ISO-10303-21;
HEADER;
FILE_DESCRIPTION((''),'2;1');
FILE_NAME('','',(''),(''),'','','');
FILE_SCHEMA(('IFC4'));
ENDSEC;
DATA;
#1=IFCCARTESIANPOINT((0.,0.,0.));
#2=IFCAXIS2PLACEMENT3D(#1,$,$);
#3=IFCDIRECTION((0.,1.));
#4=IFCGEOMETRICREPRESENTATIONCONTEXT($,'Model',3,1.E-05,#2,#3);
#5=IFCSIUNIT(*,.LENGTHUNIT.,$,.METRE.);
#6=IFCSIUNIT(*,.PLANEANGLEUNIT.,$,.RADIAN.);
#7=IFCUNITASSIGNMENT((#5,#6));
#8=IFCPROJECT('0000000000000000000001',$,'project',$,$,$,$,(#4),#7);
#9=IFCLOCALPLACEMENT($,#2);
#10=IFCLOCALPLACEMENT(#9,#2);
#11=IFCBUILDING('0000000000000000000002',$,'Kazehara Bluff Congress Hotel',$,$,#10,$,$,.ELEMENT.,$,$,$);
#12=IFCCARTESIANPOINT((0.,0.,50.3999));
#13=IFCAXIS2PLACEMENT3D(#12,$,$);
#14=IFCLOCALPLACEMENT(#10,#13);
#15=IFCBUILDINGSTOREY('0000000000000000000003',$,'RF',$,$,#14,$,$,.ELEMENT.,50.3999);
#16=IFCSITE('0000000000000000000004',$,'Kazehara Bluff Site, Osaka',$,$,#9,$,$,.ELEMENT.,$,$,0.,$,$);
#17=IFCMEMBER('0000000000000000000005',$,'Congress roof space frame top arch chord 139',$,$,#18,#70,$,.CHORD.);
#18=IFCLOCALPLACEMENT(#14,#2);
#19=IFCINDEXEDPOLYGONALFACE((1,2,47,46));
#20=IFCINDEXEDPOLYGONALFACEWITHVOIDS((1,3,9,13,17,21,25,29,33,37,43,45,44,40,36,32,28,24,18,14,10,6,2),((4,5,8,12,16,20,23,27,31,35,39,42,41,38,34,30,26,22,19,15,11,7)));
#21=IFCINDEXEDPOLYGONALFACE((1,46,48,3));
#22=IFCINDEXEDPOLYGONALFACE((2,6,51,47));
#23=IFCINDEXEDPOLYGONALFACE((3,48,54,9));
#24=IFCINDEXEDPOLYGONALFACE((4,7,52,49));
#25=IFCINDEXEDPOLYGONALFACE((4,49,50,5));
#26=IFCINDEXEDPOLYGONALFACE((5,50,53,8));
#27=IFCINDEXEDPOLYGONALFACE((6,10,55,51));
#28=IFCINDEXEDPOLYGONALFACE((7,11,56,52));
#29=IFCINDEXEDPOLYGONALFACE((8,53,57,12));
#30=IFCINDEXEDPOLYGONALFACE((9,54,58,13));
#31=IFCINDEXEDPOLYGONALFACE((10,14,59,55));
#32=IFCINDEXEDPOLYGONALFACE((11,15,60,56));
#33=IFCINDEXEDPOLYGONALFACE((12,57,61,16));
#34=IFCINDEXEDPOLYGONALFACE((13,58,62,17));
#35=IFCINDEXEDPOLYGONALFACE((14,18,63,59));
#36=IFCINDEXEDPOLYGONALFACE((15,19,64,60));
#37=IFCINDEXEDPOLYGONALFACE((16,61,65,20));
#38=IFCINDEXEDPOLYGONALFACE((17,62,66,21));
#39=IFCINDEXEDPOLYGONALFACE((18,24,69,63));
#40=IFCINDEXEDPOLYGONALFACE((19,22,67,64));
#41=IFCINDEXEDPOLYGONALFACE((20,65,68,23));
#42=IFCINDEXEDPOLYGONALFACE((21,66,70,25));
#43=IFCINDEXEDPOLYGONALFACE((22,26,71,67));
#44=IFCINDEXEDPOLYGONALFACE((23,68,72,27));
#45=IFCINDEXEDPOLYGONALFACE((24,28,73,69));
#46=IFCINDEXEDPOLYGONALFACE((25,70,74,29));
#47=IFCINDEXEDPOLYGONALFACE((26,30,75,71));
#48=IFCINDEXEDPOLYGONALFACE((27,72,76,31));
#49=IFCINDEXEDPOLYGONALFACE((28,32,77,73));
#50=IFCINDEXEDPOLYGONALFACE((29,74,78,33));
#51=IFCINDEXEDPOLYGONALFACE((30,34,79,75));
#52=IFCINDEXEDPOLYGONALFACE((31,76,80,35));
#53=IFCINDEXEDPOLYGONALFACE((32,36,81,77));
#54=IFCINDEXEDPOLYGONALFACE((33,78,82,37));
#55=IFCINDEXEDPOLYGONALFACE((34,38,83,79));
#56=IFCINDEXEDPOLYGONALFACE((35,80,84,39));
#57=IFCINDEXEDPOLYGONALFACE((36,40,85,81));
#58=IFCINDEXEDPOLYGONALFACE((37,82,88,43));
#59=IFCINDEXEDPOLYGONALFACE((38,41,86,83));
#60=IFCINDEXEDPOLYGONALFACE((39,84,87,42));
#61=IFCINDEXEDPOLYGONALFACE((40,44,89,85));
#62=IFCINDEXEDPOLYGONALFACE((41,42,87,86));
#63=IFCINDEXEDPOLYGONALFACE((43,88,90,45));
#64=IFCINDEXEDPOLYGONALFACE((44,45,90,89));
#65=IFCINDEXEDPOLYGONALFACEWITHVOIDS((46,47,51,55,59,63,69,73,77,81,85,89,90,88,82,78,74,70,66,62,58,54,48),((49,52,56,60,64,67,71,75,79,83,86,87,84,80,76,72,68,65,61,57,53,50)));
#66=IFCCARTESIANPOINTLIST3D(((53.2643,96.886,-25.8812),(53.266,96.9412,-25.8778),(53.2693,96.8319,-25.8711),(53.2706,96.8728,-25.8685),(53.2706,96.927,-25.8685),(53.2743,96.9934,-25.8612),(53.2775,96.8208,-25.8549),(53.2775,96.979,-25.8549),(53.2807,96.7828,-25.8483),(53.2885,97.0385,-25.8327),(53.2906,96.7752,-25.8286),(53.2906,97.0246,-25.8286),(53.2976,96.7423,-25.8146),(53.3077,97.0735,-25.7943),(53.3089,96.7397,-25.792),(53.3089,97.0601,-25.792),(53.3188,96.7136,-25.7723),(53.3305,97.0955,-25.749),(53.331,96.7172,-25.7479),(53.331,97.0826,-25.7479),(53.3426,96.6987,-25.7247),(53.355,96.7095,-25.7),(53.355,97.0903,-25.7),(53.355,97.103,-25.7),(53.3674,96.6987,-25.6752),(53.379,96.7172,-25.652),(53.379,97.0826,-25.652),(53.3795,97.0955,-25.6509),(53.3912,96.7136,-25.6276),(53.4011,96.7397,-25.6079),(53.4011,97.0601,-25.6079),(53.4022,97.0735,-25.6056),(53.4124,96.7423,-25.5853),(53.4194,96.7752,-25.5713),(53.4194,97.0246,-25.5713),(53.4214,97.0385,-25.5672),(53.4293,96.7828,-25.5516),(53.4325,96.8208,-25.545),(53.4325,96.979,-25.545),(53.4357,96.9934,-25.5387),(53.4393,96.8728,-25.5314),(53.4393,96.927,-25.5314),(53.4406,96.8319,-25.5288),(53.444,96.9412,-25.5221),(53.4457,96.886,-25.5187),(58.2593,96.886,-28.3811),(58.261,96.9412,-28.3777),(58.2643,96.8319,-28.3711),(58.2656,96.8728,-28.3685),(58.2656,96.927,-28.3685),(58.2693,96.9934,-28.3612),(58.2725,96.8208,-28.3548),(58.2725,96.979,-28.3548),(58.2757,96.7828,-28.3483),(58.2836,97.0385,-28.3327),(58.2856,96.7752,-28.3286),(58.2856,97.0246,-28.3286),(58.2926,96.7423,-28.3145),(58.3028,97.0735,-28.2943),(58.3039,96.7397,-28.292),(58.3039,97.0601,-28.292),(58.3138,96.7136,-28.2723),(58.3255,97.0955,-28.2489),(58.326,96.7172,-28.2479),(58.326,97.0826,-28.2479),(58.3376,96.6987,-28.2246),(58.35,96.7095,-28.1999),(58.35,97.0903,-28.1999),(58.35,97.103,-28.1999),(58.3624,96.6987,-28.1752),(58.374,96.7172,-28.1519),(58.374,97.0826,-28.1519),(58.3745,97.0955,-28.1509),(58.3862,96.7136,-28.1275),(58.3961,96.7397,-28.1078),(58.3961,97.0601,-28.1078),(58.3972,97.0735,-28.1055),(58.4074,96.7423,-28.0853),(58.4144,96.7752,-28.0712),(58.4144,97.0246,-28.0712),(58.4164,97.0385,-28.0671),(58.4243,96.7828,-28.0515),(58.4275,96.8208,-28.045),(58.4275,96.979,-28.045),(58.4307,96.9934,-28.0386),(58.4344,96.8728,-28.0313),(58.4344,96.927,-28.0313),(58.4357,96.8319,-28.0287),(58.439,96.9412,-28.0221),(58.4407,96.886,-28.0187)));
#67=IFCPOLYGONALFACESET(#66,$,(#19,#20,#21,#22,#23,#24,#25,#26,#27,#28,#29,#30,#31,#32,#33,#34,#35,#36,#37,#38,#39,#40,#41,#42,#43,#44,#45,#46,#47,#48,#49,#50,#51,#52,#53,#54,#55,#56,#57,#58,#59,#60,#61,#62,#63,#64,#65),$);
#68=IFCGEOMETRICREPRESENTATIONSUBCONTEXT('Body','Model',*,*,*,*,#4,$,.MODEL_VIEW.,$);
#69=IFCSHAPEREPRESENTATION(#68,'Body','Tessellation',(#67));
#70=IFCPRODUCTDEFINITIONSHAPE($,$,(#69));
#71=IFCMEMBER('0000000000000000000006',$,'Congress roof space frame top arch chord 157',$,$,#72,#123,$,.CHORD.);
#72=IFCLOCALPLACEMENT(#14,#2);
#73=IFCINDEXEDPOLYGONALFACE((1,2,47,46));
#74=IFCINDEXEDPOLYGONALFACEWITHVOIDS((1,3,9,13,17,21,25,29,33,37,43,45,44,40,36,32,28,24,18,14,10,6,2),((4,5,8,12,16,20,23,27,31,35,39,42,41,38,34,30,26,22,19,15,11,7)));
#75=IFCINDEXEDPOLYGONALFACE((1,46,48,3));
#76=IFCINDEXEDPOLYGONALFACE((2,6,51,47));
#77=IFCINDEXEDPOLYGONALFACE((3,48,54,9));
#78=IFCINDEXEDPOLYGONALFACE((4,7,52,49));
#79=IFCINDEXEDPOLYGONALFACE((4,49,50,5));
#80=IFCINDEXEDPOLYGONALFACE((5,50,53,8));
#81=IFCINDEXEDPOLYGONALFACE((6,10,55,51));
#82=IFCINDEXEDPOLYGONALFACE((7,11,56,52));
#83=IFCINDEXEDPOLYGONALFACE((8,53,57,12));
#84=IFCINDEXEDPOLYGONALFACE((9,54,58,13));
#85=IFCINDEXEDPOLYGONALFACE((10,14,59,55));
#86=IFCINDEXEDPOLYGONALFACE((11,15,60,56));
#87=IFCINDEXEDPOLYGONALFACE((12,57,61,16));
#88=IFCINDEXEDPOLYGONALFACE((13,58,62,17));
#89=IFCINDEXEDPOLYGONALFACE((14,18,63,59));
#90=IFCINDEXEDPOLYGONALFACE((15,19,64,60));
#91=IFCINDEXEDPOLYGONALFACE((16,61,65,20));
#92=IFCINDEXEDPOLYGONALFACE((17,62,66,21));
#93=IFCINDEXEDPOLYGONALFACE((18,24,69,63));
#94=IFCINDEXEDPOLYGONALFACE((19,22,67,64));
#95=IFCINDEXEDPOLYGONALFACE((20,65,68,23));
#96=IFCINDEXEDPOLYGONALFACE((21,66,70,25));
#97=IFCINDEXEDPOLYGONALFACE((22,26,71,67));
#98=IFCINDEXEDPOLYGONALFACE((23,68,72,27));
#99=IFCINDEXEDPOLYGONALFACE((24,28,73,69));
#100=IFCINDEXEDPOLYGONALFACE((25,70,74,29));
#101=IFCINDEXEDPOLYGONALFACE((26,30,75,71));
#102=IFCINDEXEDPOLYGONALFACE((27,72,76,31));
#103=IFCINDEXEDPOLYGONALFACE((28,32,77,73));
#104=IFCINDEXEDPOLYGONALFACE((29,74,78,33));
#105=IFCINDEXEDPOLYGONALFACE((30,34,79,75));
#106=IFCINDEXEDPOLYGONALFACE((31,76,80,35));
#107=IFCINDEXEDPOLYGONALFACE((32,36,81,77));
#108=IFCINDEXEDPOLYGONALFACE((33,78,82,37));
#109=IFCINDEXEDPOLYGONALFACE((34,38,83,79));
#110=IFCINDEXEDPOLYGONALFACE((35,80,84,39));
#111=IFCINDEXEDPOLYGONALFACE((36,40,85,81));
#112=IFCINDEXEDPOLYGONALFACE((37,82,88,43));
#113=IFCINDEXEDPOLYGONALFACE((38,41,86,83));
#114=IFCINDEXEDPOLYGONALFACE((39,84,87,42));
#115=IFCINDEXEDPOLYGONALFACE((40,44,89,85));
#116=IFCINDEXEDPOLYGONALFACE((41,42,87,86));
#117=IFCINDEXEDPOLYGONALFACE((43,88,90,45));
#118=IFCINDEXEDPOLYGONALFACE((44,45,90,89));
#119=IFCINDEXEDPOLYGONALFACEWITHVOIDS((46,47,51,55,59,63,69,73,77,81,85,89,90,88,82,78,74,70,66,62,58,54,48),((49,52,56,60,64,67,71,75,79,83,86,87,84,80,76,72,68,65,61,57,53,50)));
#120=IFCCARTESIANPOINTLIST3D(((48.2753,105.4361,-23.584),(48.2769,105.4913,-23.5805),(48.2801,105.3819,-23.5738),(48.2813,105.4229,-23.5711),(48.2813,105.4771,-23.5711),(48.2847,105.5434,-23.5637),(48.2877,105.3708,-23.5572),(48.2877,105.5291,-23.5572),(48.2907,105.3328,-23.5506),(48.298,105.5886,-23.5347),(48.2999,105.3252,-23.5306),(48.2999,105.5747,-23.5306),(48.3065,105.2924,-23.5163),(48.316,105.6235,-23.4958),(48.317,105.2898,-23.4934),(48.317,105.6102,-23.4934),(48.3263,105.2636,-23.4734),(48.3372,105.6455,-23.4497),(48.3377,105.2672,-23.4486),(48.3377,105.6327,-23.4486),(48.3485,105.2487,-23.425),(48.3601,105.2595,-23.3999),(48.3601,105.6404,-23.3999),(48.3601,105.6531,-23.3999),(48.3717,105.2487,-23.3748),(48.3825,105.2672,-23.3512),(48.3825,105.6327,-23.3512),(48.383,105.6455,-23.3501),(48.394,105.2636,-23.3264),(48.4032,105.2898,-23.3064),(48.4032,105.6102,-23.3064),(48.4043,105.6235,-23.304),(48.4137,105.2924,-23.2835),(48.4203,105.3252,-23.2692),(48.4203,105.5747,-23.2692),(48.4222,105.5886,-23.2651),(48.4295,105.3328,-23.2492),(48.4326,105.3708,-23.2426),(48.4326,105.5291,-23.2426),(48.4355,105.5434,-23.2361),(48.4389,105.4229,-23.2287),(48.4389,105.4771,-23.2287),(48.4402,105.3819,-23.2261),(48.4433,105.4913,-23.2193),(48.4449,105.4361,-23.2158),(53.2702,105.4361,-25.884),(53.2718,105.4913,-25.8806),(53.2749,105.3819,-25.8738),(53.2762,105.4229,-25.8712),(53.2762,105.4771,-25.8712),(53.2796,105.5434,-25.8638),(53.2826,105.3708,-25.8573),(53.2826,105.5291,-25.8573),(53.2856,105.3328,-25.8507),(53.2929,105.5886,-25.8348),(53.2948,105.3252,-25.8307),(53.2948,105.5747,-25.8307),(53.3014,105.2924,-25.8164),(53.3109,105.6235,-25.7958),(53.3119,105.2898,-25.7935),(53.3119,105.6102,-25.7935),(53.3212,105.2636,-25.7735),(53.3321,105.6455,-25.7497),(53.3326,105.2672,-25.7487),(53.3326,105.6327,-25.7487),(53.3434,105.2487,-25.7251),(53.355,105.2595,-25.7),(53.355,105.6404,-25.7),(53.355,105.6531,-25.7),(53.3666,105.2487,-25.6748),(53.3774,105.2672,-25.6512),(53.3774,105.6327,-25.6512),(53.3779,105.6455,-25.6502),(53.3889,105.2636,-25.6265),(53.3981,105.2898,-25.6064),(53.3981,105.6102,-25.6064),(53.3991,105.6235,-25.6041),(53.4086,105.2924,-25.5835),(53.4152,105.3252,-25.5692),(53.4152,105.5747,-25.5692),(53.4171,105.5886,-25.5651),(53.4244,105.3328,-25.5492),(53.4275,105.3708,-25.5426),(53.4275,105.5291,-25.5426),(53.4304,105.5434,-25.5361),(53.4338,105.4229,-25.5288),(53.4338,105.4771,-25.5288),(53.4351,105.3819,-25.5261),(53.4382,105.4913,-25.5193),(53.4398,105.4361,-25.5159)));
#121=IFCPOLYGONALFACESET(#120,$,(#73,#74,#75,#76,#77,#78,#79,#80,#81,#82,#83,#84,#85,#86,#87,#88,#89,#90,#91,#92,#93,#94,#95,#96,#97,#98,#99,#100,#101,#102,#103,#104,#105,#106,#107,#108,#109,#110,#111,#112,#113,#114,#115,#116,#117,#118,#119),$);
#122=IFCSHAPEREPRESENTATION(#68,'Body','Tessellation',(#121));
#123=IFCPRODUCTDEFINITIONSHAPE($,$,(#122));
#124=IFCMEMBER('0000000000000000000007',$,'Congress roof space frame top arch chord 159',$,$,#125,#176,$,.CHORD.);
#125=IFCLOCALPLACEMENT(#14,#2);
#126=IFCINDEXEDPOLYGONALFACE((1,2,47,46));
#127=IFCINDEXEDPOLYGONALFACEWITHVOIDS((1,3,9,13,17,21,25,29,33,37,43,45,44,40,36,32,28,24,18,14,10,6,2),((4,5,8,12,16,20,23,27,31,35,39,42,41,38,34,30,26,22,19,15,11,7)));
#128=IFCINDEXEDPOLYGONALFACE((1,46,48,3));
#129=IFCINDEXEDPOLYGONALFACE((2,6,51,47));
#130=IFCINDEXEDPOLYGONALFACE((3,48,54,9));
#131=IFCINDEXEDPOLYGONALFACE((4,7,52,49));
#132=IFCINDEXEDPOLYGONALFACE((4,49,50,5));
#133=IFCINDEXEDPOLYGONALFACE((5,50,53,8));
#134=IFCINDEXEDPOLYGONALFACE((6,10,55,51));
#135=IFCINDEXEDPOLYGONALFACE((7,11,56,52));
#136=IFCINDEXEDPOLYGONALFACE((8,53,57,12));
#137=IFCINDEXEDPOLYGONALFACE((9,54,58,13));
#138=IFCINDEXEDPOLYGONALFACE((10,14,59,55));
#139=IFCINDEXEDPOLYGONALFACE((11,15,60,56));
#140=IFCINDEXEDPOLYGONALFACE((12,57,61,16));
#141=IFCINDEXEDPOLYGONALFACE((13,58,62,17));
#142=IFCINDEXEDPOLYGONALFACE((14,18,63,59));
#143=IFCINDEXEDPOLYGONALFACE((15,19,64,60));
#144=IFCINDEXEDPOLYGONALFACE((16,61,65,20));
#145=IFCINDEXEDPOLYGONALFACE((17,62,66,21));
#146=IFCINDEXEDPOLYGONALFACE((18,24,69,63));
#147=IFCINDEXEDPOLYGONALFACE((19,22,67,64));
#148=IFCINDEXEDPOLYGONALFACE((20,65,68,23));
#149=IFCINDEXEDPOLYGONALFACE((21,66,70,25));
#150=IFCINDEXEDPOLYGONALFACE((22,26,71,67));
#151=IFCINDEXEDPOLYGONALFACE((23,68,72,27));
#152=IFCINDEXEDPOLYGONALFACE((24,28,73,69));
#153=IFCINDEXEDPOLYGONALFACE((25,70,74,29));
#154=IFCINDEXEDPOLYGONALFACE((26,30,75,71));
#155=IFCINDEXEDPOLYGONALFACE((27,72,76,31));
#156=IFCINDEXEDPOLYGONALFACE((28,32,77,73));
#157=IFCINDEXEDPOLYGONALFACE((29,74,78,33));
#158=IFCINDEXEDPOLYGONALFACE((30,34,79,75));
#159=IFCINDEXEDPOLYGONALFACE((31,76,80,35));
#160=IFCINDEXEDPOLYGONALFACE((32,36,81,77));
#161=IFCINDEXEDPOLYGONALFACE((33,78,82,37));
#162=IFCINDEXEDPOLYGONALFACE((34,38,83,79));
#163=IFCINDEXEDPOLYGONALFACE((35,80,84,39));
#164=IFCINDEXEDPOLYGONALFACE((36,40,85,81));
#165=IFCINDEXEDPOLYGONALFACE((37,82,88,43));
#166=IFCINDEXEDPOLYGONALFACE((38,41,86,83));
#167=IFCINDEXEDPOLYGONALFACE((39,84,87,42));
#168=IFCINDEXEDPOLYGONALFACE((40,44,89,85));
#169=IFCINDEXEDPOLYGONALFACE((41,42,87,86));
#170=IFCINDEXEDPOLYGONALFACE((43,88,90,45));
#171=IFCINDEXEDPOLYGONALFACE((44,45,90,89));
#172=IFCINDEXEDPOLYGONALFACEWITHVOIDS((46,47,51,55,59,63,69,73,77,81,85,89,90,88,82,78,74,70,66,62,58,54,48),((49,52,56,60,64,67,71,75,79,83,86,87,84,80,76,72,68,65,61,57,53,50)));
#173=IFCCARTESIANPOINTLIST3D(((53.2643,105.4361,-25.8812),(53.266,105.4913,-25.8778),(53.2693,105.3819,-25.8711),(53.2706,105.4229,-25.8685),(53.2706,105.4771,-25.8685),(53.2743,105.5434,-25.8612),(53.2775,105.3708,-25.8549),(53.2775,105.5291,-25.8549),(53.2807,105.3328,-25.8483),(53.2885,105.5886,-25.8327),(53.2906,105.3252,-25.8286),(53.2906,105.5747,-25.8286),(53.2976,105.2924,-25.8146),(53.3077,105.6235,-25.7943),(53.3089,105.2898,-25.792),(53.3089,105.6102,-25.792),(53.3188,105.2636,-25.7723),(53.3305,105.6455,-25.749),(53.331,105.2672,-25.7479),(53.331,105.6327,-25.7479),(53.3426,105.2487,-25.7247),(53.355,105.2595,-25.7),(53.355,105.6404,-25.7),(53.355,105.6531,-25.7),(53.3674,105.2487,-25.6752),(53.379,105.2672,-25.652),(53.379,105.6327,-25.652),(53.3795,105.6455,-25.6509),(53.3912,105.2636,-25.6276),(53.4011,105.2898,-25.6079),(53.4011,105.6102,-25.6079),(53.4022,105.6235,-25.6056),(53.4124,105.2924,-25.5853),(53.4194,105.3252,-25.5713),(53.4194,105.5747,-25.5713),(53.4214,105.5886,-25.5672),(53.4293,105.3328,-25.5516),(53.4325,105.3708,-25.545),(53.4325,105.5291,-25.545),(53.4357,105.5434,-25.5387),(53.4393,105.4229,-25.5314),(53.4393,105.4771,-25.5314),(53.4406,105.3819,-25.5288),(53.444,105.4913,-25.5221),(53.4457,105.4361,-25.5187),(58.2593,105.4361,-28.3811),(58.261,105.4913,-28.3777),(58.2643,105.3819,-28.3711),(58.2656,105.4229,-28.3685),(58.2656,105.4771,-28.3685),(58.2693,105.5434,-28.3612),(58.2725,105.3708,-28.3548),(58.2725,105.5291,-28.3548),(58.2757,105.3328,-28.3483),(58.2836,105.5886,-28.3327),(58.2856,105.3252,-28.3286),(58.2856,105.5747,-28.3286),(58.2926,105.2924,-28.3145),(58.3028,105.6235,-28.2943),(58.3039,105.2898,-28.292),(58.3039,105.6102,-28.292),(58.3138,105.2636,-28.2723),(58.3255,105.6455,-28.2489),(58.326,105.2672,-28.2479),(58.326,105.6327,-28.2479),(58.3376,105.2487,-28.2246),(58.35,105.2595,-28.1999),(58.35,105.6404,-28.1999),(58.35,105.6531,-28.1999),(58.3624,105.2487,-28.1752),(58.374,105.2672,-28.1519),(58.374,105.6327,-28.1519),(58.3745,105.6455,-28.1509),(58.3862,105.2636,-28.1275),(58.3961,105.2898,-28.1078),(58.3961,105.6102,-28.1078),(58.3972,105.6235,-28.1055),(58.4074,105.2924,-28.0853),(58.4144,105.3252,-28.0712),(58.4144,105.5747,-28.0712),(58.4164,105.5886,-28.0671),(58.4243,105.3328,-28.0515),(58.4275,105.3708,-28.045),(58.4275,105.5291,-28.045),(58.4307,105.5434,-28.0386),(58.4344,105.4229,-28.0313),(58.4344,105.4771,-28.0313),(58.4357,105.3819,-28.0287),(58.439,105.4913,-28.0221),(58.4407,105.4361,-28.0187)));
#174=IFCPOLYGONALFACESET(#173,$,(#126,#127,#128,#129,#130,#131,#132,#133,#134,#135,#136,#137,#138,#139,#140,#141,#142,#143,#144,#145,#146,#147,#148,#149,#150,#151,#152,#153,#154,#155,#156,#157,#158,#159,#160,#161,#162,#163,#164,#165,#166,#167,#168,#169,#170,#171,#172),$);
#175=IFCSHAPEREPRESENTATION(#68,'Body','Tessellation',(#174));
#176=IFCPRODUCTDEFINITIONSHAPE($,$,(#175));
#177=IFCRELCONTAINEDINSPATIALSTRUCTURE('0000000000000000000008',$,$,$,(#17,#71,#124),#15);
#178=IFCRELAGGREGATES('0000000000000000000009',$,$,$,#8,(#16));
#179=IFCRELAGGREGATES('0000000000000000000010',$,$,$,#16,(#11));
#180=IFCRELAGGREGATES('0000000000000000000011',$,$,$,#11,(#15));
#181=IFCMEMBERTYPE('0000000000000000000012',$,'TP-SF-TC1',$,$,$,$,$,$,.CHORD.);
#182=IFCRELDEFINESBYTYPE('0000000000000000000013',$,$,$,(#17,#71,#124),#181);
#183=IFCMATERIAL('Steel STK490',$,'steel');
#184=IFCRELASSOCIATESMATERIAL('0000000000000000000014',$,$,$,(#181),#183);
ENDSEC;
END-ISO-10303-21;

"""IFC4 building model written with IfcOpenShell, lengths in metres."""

from ifc_helpers import new_model, si_unit, direction, frame, origin, origin_2d, place, context, subcontext, project, spatial, hollow_circle, extrude, material, material_profile, profile_set, type_object, element, save


model = new_model("IFC4")

# Units and contexts
model_context = context("Model", 3, precision=1e-05, world=origin(), true_north=direction((0.0, 1.0)))
body_context = subcontext(model_context, "Body", "Model", "MODEL_VIEW")
ifc_project = project(units=[si_unit("LENGTHUNIT", "METRE"), si_unit("PLANEANGLEUNIT", "RADIAN")], contexts=[model_context])

# Site, building, storey
site_placement = place(None, origin())
site = spatial("IfcSite", under=ifc_project, at=site_placement, Name="Kazehara Bluff Site, Osaka", CompositionType="ELEMENT", RefElevation=0.0)
building_placement = place(site_placement, origin())
building = spatial("IfcBuilding", under=site, at=building_placement, Name="Kazehara Bluff Congress Hotel", CompositionType="ELEMENT")
storey_placement = place(building_placement, frame((0.0, 0.0, 50.3999)))
storey = spatial("IfcBuildingStorey", under=building, at=storey_placement, Name="RF", CompositionType="ELEMENT", Elevation=50.3999)

# Members
ifc_material_1 = material(Name="Steel STK490", Category="steel")
ifc_material_profile_1 = material_profile(ifc_material_1, hollow_circle(Radius=0.2031, WallThickness=0.0127, at=origin_2d()))
ifc_profile_set_1 = profile_set([ifc_material_profile_1], Name="Steel STK490")
member_type_1 = type_object("IfcMemberType", Name="TP-SF-TC1", PredefinedType="CHORD", material=ifc_profile_set_1)
member_1_placement = place(storey_placement, frame((53.355, 96.8999, -25.7), z_axis=(0.894252, 0.0, -0.447563), x_axis=(0.0, 1.0, 0.0)))
element("IfcMember", 1, at=member_1_placement, inside=storey, type_object=member_type_1, Name="Congress roof space frame top arch chord 139", PredefinedType="CHORD", context=body_context, shape_type="SweptSolid", body=[
    extrude(hollow_circle(Radius=0.2031, WallThickness=0.0127, at=origin_2d()), origin(), (0.0, 0.0, 1.0), 5.5857),
])
member_2_placement = place(storey_placement, frame((48.3601, 105.45, -23.3999), z_axis=(0.908324, 0.0, -0.418267), x_axis=(0.0, 1.0, 0.0)))
element("IfcMember", 2, at=member_2_placement, inside=storey, type_object=member_type_1, Name="Congress roof space frame top arch chord 157", PredefinedType="CHORD", context=body_context, shape_type="SweptSolid", body=[
    extrude(hollow_circle(Radius=0.2031, WallThickness=0.0127, at=origin_2d()), origin(), (0.0, 0.0, 1.0), 5.499),
])
member_3_placement = place(storey_placement, frame((53.355, 105.45, -25.7), z_axis=(0.894252, 0.0, -0.447563), x_axis=(0.0, 1.0, 0.0)))
element("IfcMember", 3, at=member_3_placement, inside=storey, type_object=member_type_1, Name="Congress roof space frame top arch chord 159", PredefinedType="CHORD", context=body_context, shape_type="SweptSolid", body=[
    extrude(hollow_circle(Radius=0.2031, WallThickness=0.0127, at=origin_2d()), origin(), (0.0, 0.0, 1.0), 5.5857),
])

save(model, "model.ifc")
